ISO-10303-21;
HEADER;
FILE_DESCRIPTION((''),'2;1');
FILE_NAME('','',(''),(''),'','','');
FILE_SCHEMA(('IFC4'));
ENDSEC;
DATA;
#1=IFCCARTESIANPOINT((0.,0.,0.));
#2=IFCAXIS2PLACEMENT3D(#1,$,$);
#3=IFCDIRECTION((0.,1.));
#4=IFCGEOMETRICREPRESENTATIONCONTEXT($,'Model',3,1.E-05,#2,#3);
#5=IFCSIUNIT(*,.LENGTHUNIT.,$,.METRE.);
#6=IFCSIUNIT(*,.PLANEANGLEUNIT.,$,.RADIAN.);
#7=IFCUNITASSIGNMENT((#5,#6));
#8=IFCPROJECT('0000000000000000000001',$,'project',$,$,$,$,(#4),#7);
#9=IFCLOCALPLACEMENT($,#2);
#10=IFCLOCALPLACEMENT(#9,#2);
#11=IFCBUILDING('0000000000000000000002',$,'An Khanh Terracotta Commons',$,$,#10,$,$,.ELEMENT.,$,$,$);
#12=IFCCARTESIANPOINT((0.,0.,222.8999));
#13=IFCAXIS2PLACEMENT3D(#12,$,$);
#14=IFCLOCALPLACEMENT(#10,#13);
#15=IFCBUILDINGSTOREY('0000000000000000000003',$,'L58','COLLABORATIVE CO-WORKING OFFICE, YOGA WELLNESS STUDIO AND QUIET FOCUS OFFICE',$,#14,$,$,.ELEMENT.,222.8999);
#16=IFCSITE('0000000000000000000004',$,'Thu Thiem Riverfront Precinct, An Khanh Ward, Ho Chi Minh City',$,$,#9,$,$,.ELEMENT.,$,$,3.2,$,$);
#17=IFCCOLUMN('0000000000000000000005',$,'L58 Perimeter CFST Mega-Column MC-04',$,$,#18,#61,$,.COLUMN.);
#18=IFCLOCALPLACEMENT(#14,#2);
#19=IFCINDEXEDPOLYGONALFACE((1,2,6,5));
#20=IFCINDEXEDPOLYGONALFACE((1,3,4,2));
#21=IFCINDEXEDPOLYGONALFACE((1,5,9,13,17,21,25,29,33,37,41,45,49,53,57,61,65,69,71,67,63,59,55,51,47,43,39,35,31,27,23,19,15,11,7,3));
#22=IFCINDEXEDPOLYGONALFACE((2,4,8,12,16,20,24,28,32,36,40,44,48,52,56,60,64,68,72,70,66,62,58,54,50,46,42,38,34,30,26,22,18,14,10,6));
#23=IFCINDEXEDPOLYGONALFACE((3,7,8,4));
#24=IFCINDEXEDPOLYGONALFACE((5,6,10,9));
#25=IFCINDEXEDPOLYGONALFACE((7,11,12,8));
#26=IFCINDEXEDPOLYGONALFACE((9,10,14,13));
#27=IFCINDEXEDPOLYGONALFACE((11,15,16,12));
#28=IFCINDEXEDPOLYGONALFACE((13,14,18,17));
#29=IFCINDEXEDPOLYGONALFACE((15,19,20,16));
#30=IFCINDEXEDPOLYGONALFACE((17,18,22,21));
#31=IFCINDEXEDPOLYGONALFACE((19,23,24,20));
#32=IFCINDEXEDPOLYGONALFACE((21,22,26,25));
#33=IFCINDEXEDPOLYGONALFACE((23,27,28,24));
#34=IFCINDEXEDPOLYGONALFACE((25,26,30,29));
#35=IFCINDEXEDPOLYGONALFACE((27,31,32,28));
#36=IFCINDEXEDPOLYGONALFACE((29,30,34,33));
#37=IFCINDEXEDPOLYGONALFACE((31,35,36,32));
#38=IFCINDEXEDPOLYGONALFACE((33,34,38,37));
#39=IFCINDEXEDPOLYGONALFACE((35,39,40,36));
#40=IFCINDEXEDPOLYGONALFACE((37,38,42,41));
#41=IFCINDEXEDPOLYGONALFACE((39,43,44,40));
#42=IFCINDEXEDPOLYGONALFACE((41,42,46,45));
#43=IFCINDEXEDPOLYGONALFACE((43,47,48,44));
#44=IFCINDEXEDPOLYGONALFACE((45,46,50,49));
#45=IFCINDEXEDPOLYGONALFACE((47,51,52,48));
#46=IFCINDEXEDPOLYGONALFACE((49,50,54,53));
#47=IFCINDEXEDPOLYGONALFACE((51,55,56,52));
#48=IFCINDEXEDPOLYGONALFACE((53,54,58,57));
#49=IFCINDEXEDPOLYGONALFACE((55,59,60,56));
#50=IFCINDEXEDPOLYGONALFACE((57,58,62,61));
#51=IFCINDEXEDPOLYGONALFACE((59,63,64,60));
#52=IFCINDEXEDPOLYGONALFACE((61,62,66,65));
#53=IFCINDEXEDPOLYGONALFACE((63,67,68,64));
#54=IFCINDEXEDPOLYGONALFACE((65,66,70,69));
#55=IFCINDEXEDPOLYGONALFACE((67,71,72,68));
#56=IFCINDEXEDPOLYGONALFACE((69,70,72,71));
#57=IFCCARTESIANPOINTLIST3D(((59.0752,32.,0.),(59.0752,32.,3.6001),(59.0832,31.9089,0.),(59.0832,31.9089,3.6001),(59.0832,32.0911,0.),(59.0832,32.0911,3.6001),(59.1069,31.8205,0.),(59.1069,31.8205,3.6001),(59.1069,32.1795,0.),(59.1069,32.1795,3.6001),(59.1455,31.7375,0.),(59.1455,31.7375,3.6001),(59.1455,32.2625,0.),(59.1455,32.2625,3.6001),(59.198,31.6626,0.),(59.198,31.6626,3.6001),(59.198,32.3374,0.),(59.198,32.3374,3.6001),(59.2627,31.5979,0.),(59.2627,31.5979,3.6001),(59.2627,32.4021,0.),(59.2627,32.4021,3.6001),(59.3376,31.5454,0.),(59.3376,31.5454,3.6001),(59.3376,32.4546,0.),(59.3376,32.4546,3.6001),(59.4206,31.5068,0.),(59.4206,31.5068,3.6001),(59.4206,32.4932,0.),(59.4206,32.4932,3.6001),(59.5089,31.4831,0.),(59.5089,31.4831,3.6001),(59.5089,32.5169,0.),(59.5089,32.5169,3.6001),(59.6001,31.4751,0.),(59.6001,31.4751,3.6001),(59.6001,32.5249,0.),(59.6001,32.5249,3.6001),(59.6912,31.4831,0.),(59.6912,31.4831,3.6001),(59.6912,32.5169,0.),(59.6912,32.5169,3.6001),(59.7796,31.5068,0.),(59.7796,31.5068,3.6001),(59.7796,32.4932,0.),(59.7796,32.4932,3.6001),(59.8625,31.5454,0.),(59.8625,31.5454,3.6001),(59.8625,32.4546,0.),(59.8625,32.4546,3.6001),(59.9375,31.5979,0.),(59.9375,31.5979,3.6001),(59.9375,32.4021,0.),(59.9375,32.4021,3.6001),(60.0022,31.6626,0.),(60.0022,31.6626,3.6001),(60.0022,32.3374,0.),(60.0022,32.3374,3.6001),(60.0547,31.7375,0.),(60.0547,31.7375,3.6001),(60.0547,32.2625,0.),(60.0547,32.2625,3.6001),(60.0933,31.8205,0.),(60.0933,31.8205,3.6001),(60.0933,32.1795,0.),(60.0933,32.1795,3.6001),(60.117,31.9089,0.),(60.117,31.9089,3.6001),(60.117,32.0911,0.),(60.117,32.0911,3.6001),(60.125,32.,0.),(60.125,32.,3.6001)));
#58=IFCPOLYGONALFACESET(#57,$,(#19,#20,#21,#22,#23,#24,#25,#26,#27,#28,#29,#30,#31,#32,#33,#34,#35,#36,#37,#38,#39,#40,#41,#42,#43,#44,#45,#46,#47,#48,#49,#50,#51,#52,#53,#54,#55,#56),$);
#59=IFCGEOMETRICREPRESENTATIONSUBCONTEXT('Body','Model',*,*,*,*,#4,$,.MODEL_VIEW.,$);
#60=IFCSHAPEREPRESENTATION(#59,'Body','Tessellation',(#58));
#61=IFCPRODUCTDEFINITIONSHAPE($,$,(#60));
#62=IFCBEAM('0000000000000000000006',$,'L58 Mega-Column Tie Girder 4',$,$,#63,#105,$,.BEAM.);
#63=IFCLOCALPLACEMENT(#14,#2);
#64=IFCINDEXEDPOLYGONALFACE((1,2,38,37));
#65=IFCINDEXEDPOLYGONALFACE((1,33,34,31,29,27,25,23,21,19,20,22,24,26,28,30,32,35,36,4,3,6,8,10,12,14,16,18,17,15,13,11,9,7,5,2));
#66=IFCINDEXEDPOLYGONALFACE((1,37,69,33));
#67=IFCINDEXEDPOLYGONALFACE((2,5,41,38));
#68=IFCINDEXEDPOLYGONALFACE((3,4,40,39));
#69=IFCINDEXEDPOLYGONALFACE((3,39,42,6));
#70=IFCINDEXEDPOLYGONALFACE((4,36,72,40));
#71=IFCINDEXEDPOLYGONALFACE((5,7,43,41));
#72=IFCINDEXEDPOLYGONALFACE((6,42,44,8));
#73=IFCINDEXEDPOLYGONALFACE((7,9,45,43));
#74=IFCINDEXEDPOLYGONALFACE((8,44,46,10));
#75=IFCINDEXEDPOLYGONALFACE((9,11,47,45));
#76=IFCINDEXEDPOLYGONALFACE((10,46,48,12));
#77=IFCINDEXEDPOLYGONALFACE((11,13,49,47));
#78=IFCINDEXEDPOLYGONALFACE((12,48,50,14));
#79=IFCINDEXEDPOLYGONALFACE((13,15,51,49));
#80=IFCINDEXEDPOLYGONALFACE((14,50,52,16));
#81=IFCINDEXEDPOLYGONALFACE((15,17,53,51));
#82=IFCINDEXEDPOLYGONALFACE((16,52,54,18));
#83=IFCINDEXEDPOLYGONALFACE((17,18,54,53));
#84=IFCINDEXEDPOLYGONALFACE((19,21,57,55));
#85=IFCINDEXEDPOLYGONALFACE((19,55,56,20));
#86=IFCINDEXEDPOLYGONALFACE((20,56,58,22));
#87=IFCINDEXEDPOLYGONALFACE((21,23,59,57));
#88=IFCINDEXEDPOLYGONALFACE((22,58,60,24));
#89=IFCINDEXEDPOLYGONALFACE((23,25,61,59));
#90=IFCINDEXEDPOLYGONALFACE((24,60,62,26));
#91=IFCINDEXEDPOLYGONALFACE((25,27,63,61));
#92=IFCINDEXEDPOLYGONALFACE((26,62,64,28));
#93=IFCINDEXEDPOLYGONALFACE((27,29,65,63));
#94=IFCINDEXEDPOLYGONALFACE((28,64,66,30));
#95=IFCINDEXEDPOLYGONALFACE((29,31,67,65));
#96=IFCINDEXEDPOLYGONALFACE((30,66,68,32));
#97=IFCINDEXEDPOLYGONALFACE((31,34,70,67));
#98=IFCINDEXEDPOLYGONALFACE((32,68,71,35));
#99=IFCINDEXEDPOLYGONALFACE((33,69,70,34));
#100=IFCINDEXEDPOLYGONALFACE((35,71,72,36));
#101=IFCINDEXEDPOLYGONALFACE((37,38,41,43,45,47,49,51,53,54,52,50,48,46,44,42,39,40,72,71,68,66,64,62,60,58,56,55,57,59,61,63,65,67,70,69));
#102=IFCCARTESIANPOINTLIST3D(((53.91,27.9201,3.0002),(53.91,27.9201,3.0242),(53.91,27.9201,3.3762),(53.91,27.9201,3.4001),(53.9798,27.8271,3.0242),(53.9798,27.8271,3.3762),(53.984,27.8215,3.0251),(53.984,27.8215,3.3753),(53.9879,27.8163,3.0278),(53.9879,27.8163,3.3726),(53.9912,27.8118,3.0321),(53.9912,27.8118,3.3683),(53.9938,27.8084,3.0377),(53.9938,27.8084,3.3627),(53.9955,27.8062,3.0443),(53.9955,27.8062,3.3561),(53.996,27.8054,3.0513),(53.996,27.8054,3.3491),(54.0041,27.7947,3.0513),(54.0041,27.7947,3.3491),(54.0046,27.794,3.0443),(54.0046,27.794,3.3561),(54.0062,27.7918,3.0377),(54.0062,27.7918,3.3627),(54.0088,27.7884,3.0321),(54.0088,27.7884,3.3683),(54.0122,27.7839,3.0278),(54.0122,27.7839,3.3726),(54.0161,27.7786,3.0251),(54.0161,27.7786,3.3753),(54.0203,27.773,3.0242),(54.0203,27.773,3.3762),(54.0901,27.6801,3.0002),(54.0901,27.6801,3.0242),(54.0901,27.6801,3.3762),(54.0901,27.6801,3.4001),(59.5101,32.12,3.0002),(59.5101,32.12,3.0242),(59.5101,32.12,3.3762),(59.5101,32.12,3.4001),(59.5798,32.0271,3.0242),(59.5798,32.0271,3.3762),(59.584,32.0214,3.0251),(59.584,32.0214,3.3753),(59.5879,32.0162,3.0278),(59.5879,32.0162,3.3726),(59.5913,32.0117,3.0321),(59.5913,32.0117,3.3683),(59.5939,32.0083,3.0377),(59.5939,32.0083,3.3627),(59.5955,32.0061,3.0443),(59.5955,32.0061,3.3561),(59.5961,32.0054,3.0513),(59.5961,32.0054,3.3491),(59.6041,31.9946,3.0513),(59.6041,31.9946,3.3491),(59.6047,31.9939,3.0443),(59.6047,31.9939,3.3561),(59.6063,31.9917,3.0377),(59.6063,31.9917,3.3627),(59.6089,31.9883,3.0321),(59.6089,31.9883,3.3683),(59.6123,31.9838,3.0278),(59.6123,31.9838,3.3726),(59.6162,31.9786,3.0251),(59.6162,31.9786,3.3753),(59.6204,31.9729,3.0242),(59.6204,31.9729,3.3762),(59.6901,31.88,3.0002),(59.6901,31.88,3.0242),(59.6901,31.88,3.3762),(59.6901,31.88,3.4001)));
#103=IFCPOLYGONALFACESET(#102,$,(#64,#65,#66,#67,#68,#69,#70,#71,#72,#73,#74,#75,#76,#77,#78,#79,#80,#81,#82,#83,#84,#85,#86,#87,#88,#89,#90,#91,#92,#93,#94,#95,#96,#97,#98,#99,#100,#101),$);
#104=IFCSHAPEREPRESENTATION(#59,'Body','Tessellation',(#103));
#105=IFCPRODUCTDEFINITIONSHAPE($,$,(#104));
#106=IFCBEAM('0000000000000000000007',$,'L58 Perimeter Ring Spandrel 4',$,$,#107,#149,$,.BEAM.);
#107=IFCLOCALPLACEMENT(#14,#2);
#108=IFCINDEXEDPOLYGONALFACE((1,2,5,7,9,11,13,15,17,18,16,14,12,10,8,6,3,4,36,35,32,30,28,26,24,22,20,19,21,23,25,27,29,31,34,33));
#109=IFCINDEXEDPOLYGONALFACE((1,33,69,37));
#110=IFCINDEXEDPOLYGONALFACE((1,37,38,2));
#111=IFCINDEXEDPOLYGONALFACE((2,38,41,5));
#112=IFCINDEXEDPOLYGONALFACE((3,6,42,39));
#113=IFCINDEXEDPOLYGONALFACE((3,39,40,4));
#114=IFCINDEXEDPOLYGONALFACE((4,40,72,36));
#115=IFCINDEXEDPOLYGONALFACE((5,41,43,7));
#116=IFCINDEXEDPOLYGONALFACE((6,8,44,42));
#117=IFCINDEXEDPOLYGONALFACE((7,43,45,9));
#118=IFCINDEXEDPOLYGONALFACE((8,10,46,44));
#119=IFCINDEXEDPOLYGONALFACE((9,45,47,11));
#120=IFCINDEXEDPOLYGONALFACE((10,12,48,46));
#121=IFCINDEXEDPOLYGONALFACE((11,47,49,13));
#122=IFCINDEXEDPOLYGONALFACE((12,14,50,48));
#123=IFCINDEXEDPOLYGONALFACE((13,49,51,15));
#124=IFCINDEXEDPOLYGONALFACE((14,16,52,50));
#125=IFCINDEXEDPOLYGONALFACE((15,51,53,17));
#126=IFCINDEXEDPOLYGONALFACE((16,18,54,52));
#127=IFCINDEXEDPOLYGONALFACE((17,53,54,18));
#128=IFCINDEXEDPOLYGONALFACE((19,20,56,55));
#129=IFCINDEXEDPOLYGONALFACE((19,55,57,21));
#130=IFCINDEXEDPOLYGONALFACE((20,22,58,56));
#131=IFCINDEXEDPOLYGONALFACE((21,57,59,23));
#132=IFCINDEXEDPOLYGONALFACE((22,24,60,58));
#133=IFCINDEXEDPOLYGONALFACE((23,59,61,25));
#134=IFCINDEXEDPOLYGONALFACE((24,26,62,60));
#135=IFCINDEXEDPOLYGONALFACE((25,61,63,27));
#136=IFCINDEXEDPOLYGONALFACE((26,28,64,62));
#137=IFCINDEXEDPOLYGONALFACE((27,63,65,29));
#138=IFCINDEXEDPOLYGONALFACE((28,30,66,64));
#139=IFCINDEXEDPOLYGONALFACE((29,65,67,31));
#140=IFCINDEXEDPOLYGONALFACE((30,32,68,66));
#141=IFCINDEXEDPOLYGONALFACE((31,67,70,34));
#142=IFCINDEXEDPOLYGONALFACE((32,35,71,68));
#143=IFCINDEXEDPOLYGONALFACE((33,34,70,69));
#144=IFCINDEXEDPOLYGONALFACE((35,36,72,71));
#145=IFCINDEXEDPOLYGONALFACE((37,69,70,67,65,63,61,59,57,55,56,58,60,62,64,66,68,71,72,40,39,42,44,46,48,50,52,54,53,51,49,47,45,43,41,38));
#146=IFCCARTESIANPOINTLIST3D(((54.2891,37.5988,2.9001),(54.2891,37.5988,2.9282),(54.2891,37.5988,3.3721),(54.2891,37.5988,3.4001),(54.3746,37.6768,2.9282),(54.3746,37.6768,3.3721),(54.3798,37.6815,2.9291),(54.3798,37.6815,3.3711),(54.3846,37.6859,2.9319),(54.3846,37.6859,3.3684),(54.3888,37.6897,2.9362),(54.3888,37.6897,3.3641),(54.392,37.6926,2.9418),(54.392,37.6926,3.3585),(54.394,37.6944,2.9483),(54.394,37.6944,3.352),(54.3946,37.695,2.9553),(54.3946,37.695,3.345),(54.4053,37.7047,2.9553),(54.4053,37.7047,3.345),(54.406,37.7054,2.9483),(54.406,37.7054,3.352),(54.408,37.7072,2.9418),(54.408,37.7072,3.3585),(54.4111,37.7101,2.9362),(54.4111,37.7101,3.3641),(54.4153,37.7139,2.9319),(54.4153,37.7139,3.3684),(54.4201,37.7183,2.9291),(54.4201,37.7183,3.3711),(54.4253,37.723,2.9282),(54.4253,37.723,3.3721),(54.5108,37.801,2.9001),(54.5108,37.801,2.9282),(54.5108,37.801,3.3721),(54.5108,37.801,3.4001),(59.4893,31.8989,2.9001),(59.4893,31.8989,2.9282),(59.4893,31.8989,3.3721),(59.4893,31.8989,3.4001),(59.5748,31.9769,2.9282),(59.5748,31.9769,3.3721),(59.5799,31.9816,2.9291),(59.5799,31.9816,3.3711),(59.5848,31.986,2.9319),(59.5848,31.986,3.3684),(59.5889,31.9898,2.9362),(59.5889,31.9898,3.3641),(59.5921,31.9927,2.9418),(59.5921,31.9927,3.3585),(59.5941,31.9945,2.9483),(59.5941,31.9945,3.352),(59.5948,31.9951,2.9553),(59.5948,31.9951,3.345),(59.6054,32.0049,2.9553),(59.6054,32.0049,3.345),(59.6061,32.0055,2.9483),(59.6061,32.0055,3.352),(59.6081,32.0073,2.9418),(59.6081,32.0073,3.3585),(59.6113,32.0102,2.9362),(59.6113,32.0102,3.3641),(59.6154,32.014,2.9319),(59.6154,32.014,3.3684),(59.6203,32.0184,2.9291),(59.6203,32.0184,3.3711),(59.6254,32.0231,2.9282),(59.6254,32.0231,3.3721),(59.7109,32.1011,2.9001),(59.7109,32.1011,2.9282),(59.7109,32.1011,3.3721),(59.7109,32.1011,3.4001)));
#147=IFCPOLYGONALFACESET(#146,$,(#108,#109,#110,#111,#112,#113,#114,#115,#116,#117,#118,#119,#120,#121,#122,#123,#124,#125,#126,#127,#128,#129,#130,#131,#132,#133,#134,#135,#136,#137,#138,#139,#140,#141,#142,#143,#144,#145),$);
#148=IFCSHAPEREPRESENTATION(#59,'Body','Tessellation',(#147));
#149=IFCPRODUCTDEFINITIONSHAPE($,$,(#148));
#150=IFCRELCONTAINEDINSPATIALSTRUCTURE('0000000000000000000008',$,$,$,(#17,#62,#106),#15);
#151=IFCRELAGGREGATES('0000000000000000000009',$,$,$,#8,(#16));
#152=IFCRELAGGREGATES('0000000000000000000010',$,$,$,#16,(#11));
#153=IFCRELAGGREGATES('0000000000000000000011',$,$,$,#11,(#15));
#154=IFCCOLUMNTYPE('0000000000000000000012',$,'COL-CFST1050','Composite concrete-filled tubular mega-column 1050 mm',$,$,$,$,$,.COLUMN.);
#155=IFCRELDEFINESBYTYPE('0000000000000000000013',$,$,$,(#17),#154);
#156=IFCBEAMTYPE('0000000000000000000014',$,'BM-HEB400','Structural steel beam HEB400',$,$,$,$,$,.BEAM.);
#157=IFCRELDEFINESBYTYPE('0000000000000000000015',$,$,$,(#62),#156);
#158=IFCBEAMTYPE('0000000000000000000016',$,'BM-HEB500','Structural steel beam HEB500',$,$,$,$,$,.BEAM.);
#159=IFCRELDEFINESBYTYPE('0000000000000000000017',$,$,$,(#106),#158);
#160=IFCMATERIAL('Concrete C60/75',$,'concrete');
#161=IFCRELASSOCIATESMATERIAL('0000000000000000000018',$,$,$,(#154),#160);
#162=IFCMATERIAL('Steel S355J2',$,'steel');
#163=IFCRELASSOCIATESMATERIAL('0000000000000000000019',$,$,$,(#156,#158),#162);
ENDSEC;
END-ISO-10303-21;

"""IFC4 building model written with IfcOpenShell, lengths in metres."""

from ifc_helpers import new_model, si_unit, direction, frame, origin, origin_2d, place, context, subcontext, project, spatial, circle, i_section, extrude, material, material_profile, profile_set, type_object, element, save


model = new_model("IFC4")

# Units and contexts
model_context = context("Model", 3, precision=1e-05, world=origin(), true_north=direction((0.0, 1.0)))
body_context = subcontext(model_context, "Body", "Model", "MODEL_VIEW")
ifc_project = project(units=[si_unit("LENGTHUNIT", "METRE"), si_unit("PLANEANGLEUNIT", "RADIAN")], contexts=[model_context])

# Site, building, storey
site_placement = place(None, origin())
site = spatial("IfcSite", under=ifc_project, at=site_placement, Name="Thu Thiem Riverfront Precinct, An Khanh Ward, Ho Chi Minh City", CompositionType="ELEMENT", RefElevation=3.2)
building_placement = place(site_placement, origin())
building = spatial("IfcBuilding", under=site, at=building_placement, Name="An Khanh Terracotta Commons", CompositionType="ELEMENT")
storey_placement = place(building_placement, frame((0.0, 0.0, 222.8999)))
storey = spatial("IfcBuildingStorey", under=building, at=storey_placement, Name="L58", Description="COLLABORATIVE CO-WORKING OFFICE, YOGA WELLNESS STUDIO AND QUIET FOCUS OFFICE", CompositionType="ELEMENT", Elevation=222.8999)

# Column
ifc_material_1 = material(Name="Concrete C60/75", Category="concrete")
ifc_material_profile_1 = material_profile(ifc_material_1, circle(Radius=0.5249, at=origin_2d()), Name="CFST1050")
ifc_profile_set_1 = profile_set([ifc_material_profile_1], Name="Concrete C60/75")
column_type = type_object("IfcColumnType", Name="COL-CFST1050", Description="Composite concrete-filled tubular mega-column 1050 mm", PredefinedType="COLUMN", material=ifc_profile_set_1)
column_placement = place(storey_placement, frame((59.6001, 32.0, 0.0), z_axis=(0.0, 0.0, 1.0), x_axis=(1.0, 0.0, 0.0)))
element("IfcColumn", 1, at=column_placement, inside=storey, type_object=column_type, Name="L58 Perimeter CFST Mega-Column MC-04", PredefinedType="COLUMN", context=body_context, shape_type="SweptSolid", body=[
    extrude(circle(Radius=0.5249, at=origin_2d()), origin(), (0.0, 0.0, 1.0), 3.6001),
])

# Beams
ifc_material_2 = material(Name="Steel S355J2", Category="steel")
ifc_material_profile_2 = material_profile(ifc_material_2, i_section(OverallWidth=0.3, OverallDepth=0.3999, WebThickness=0.0134, FlangeThickness=0.0239, FilletRadius=0.0271, at=origin_2d()), Name="HEB400")
ifc_profile_set_2 = profile_set([ifc_material_profile_2], Name="Steel S355J2")
beam_type_1 = type_object("IfcBeamType", Name="BM-HEB400", Description="Structural steel beam HEB400", PredefinedType="BEAM", material=ifc_profile_set_2)
beam_1_placement = place(storey_placement, frame((59.6001, 32.0, 3.2002), z_axis=(-0.800008, -0.599989, 0.0), x_axis=(0.599989, -0.800008, 0.0)))
element("IfcBeam", 2, at=beam_1_placement, inside=storey, type_object=beam_type_1, Name="L58 Mega-Column Tie Girder 4", PredefinedType="BEAM", context=body_context, shape_type="SweptSolid", body=[
    extrude(i_section(OverallWidth=0.3, OverallDepth=0.3999, WebThickness=0.0134, FlangeThickness=0.0239, FilletRadius=0.0271, at=origin_2d()), origin(), (0.0, 0.0, 1.0), 7.0),
])
ifc_material_profile_3 = material_profile(ifc_material_2, i_section(OverallWidth=0.3, OverallDepth=0.5, WebThickness=0.0144, FlangeThickness=0.0281, FilletRadius=0.0271, at=origin_2d()), Name="HEB500")
ifc_profile_set_3 = profile_set([ifc_material_profile_3], Name="Steel S355J2")
beam_type_2 = type_object("IfcBeamType", Name="BM-HEB500", Description="Structural steel beam HEB500", PredefinedType="BEAM", material=ifc_profile_set_3)
beam_2_placement = place(storey_placement, frame((59.6001, 32.0, 3.1501), z_axis=(-0.673979, 0.738751, 0.0), x_axis=(-0.738751, -0.673979, 0.0)))
element("IfcBeam", 3, at=beam_2_placement, inside=storey, type_object=beam_type_2, Name="L58 Perimeter Ring Spandrel 4", PredefinedType="BEAM", context=body_context, shape_type="SweptSolid", body=[
    extrude(i_section(OverallWidth=0.3, OverallDepth=0.5, WebThickness=0.0144, FlangeThickness=0.0281, FilletRadius=0.0271, at=origin_2d()), origin(), (0.0, 0.0, 1.0), 7.7156),
])

save(model, "model.ifc")
